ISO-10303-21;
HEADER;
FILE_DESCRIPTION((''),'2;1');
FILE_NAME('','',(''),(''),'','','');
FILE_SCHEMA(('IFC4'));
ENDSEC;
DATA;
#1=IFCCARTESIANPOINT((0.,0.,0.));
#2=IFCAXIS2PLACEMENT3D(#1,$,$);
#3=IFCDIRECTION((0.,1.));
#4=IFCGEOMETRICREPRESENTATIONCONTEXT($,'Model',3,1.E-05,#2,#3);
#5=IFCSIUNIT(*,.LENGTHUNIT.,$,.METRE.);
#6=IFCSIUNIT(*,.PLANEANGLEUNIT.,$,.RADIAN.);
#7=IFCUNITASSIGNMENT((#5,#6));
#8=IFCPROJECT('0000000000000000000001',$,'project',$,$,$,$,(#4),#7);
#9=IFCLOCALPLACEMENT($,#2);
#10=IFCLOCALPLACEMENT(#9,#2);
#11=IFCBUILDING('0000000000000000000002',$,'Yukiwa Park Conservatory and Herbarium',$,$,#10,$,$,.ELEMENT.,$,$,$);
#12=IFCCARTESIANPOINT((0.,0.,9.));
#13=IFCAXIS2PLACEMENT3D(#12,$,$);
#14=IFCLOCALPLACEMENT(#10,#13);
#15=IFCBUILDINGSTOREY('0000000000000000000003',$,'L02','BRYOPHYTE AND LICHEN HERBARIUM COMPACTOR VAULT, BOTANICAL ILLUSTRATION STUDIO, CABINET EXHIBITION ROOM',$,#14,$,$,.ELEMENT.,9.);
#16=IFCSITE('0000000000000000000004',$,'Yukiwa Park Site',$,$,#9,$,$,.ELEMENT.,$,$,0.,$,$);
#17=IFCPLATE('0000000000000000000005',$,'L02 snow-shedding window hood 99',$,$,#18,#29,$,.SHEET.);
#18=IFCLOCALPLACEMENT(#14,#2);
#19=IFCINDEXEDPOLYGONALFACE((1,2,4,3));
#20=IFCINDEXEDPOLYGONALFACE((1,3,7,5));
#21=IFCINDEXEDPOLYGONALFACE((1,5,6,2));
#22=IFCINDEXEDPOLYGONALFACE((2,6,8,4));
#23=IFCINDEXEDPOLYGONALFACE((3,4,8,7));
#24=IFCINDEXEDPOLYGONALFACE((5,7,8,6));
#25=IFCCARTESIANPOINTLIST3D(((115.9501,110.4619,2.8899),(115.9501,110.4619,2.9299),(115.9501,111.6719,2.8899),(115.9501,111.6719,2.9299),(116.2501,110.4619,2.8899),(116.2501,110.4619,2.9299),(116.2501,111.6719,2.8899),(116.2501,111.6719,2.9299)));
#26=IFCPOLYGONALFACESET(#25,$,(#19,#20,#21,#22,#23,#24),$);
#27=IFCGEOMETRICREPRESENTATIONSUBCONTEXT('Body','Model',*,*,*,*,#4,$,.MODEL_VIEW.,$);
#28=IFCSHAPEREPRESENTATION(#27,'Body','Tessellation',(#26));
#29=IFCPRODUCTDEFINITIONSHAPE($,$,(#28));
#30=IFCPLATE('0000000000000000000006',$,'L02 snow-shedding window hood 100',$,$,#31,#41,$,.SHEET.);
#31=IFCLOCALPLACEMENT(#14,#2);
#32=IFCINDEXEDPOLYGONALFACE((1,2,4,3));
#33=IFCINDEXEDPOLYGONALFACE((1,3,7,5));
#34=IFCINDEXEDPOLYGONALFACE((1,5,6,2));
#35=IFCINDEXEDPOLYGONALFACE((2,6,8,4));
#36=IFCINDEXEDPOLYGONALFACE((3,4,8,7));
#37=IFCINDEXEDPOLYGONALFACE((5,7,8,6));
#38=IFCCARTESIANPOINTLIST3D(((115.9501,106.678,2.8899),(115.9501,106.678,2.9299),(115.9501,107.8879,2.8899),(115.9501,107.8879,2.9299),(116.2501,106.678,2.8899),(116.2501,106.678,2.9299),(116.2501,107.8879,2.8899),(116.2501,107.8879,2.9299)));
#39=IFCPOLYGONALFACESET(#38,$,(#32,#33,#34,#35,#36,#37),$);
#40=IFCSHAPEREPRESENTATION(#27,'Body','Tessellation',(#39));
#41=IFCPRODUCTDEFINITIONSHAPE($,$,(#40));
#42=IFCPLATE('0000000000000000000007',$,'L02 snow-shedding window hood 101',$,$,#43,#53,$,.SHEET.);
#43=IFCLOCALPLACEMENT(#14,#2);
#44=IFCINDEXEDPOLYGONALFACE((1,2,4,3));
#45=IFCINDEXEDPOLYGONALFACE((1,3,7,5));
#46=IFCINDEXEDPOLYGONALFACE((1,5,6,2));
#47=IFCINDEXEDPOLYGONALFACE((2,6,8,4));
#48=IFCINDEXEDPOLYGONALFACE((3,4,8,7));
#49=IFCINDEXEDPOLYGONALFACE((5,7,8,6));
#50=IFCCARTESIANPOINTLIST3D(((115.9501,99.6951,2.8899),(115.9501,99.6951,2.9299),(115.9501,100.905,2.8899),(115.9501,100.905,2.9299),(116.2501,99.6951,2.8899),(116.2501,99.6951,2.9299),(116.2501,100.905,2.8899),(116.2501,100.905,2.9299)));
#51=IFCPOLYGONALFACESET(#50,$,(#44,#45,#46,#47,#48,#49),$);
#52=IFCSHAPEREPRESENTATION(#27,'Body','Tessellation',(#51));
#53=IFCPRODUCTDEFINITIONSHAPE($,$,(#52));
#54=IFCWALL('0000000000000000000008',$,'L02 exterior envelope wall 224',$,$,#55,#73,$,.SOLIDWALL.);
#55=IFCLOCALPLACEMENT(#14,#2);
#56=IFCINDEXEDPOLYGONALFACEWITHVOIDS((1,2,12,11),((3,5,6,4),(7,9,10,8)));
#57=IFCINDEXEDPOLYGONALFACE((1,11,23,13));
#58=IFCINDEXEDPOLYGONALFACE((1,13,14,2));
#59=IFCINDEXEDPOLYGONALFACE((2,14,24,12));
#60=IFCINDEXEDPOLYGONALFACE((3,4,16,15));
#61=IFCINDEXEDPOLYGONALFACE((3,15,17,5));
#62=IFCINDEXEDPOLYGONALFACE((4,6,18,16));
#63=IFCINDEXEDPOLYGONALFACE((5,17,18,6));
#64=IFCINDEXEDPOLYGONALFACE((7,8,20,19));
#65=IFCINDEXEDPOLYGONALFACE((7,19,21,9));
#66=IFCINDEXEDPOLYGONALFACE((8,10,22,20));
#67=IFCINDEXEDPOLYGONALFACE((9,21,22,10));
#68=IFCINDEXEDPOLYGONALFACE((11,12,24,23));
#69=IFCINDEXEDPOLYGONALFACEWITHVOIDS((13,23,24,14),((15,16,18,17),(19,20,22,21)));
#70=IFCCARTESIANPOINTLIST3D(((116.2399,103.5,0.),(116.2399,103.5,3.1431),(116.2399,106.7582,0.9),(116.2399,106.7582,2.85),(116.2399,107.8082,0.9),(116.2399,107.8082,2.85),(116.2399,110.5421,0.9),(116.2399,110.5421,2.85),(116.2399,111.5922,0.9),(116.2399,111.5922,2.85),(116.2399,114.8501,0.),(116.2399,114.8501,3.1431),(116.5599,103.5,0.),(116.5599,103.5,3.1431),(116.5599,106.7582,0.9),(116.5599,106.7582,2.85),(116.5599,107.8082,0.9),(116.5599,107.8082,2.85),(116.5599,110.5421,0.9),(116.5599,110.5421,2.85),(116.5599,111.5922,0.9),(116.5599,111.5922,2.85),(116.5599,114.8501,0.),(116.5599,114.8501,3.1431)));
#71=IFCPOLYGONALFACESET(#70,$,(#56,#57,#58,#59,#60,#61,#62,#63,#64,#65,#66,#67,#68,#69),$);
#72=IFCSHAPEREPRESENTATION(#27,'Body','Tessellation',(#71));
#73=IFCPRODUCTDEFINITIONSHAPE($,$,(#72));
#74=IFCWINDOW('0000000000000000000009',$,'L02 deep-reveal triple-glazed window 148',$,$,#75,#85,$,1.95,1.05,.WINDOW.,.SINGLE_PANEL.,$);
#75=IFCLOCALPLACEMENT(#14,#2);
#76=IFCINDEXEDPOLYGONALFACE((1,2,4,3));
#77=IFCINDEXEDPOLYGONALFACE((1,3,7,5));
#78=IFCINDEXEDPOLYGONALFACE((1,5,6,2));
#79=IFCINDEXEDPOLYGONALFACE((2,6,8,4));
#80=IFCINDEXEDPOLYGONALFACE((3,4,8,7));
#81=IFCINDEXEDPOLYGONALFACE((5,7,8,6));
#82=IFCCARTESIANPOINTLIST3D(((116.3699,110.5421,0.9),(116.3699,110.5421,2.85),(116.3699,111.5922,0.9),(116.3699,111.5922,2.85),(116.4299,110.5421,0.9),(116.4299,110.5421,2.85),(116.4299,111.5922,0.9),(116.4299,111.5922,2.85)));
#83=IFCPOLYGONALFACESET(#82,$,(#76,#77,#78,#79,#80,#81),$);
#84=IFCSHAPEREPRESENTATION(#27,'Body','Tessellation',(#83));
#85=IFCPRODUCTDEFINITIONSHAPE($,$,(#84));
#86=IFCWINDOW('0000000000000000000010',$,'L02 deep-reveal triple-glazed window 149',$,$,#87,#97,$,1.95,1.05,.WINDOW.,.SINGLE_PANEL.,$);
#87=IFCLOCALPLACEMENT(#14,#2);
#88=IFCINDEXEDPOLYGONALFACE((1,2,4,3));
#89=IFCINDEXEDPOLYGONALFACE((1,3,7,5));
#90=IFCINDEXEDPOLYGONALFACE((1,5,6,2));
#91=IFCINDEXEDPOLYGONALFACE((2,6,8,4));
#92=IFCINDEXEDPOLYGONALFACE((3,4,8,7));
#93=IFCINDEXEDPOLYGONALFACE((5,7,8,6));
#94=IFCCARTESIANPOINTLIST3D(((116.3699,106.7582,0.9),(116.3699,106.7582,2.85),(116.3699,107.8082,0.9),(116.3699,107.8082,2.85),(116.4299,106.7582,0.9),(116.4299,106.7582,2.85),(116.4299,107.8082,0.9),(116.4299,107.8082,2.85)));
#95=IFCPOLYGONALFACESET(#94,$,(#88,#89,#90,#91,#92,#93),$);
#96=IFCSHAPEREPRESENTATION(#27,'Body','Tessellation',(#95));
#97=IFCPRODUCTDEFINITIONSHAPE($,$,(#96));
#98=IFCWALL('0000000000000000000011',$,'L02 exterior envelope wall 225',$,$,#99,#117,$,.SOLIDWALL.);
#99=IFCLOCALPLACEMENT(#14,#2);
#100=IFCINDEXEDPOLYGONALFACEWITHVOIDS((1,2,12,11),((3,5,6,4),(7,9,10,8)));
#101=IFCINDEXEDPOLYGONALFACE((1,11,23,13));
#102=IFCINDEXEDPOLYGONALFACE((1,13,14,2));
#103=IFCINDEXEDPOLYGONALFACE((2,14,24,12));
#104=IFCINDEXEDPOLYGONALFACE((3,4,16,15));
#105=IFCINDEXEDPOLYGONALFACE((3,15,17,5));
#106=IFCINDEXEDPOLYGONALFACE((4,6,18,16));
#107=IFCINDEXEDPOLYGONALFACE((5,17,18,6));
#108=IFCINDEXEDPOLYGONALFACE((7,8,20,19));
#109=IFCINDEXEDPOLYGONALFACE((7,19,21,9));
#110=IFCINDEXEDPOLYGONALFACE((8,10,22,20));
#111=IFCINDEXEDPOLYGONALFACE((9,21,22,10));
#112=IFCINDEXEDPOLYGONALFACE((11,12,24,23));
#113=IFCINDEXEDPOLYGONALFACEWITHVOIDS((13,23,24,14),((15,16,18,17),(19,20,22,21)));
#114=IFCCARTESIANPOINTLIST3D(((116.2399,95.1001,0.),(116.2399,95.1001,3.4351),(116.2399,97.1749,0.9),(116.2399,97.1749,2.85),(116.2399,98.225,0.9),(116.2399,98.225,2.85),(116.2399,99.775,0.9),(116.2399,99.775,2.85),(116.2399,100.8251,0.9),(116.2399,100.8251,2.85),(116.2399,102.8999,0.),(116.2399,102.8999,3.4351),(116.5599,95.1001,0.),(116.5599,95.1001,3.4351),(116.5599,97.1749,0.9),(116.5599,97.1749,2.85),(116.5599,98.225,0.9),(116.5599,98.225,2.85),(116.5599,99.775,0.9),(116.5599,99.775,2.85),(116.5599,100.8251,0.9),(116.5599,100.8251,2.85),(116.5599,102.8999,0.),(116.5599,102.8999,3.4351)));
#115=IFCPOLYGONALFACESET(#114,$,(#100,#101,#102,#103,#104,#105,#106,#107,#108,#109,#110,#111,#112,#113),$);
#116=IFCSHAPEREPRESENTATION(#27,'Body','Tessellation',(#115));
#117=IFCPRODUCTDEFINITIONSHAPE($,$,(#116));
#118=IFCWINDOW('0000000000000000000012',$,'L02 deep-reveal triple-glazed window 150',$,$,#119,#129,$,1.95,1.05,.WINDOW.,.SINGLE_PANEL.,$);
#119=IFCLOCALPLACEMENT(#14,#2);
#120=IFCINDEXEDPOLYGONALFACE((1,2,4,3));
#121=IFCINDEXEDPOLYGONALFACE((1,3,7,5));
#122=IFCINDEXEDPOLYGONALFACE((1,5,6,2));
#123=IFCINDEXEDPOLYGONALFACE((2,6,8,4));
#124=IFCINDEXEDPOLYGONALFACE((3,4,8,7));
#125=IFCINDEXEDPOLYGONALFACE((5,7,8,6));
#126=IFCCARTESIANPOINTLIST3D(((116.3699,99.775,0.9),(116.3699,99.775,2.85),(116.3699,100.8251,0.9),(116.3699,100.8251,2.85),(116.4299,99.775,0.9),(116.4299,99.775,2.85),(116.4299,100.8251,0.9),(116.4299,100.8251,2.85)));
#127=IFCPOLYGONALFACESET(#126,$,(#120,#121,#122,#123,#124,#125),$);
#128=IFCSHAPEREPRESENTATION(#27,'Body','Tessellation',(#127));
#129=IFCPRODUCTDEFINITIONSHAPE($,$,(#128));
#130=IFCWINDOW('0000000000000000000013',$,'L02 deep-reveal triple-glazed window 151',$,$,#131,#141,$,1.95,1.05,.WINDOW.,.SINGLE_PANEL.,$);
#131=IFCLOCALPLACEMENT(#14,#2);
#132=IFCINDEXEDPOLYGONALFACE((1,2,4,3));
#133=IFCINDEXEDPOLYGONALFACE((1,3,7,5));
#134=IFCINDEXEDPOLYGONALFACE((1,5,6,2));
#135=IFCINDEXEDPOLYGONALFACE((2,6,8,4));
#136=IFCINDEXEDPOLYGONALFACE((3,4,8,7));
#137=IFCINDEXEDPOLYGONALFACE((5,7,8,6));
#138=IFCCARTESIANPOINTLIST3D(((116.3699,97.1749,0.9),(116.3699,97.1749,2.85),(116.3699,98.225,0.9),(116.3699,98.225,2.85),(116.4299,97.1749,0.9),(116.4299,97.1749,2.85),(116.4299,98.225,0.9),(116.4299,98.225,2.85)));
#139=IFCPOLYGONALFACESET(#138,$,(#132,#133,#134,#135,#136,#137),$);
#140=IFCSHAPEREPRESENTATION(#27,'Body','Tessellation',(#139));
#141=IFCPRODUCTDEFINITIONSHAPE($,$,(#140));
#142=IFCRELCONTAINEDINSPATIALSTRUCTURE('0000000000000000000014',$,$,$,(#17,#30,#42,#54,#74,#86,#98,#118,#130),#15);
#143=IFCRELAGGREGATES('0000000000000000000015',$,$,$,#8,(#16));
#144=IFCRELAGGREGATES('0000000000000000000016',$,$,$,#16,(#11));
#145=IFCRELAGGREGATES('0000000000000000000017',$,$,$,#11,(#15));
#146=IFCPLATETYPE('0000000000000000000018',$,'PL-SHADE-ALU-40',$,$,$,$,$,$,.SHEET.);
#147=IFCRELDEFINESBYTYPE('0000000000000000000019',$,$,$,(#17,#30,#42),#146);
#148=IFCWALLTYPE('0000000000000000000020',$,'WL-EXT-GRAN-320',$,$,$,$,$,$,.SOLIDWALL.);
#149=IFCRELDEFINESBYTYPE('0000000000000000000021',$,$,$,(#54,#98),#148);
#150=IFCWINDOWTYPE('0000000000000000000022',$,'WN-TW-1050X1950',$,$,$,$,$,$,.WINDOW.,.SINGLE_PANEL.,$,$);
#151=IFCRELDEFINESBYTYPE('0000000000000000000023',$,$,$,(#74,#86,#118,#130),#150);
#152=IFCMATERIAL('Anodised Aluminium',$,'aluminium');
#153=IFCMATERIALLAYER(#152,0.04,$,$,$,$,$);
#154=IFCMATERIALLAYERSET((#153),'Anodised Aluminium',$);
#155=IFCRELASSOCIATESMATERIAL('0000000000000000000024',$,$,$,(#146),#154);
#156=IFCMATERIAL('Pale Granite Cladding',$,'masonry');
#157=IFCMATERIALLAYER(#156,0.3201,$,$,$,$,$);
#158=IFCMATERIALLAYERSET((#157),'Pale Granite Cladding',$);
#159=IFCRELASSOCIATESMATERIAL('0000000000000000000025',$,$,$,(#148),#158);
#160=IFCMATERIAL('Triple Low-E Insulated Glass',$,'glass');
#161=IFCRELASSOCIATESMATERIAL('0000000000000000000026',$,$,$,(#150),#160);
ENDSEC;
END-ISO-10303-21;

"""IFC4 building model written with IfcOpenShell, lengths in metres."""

from ifc_helpers import new_model, si_unit, direction, frame, frame_2d, origin, origin_2d, place, context, subcontext, project, spatial, rectangle, extrude, material, layer, layer_set, type_object, element, fill, save


model = new_model("IFC4")

# Units and contexts
model_context = context("Model", 3, precision=1e-05, world=origin(), true_north=direction((0.0, 1.0)))
body_context = subcontext(model_context, "Body", "Model", "MODEL_VIEW")
ifc_project = project(units=[si_unit("LENGTHUNIT", "METRE"), si_unit("PLANEANGLEUNIT", "RADIAN")], contexts=[model_context])

# Site, building, storey
site_placement = place(None, origin())
site = spatial("IfcSite", under=ifc_project, at=site_placement, Name="Yukiwa Park Site", CompositionType="ELEMENT", RefElevation=0.0)
building_placement = place(site_placement, origin())
building = spatial("IfcBuilding", under=site, at=building_placement, Name="Yukiwa Park Conservatory and Herbarium", CompositionType="ELEMENT")
storey_placement = place(building_placement, frame((0.0, 0.0, 9.0)))
storey = spatial("IfcBuildingStorey", under=building, at=storey_placement, Name="L02", Description="BRYOPHYTE AND LICHEN HERBARIUM COMPACTOR VAULT, BOTANICAL ILLUSTRATION STUDIO, CABINET EXHIBITION ROOM", CompositionType="ELEMENT", Elevation=9.0)

# Plates
ifc_material_1 = material(Name="Anodised Aluminium", Category="aluminium")
ifc_layer_1 = layer(ifc_material_1, 0.04)
ifc_layer_set_1 = layer_set([ifc_layer_1], Name="Anodised Aluminium")
plate_type = type_object("IfcPlateType", Name="PL-SHADE-ALU-40", PredefinedType="SHEET", material=ifc_layer_set_1)
for number, where, z_axis, x_axis, name in (
    (1, (116.1001, 111.0669, 2.8899), (0.0, 0.0, 1.0), (0.0, -1.0, 0.0), "L02 snow-shedding window hood 99"),
    (2, (116.1001, 107.283, 2.8899), (0.0, 0.0, 1.0), (0.0, -1.0, 0.0), "L02 snow-shedding window hood 100"),
    (3, (116.1001, 100.3, 2.8899), (0.0, 0.0, 1.0), (0.0, -1.0, 0.0), "L02 snow-shedding window hood 101"),
):
    element("IfcPlate", number, at=place(storey_placement, frame(where, z_axis=z_axis, x_axis=x_axis)), inside=storey, type_object=plate_type, Name=name, PredefinedType="SHEET", context=body_context, shape_type="SweptSolid", body=[
        extrude(rectangle(XDim=1.21, YDim=0.3, at=origin_2d()), origin(), (0.0, 0.0, 1.0), 0.04),
    ])

# Walls, openings, windows
ifc_material_2 = material(Name="Pale Granite Cladding", Category="masonry")
ifc_layer_2 = layer(ifc_material_2, 0.3201)
ifc_layer_set_2 = layer_set([ifc_layer_2], Name="Pale Granite Cladding")
wall_type = type_object("IfcWallType", Name="WL-EXT-GRAN-320", PredefinedType="SOLIDWALL", material=ifc_layer_set_2)
wall_1_placement = place(storey_placement, frame((116.3999, 114.8501, 0.0), z_axis=(0.0, 0.0, 1.0), x_axis=(0.0, -1.0, 0.0)))
wall_1 = element("IfcWall", 4, at=wall_1_placement, inside=storey, type_object=wall_type, Name="L02 exterior envelope wall 224", PredefinedType="SOLIDWALL", context=body_context, shape_type="SweptSolid", body=[
    extrude(rectangle(XDim=11.3501, YDim=0.3201, at=frame_2d((5.675, 0.0))), origin(), (0.0, 0.0, 1.0), 3.1431),
])
opening_1_placement = place(wall_1_placement, frame((3.2581, 0.0, 0.8999)))
opening_1 = element("IfcOpeningElement", 5, at=opening_1_placement, cuts=wall_1, PredefinedType="OPENING", context=body_context, shape_type="SweptSolid", body=[
    extrude(rectangle(XDim=1.05, YDim=1.95, at=frame_2d((0.5249, 0.9751))), frame((0.0, 0.1699, 0.0), z_axis=(0.0, -1.0, 0.0), x_axis=(1.0, 0.0, 0.0)), (0.0, 0.0, 1.0), 0.3401),
])
opening_2_placement = place(wall_1_placement, frame((7.042, 0.0, 0.8999)))
opening_2 = element("IfcOpeningElement", 6, at=opening_2_placement, cuts=wall_1, PredefinedType="OPENING", context=body_context, shape_type="SweptSolid", body=[
    extrude(rectangle(XDim=1.05, YDim=1.95, at=frame_2d((0.5249, 0.9751))), frame((0.0, 0.1699, 0.0), z_axis=(0.0, -1.0, 0.0), x_axis=(1.0, 0.0, 0.0)), (0.0, 0.0, 1.0), 0.3401),
])
ifc_material_3 = material(Name="Triple Low-E Insulated Glass", Category="glass")
window_type = type_object("IfcWindowType", Name="WN-TW-1050X1950", PartitioningType="SINGLE_PANEL", PredefinedType="WINDOW", material=ifc_material_3)
window_1_placement = place(opening_1_placement, origin())
window_1 = element("IfcWindow", 7, at=window_1_placement, inside=storey, type_object=window_type, Name="L02 deep-reveal triple-glazed window 148", OverallHeight=1.95, OverallWidth=1.05, PartitioningType="SINGLE_PANEL", PredefinedType="WINDOW", context=body_context, shape_type="SweptSolid", body=[
    extrude(rectangle(XDim=1.05, YDim=1.95, at=frame_2d((0.5249, 0.9751))), frame((0.0, 0.03, 0.0), z_axis=(0.0, -1.0, 0.0), x_axis=(1.0, 0.0, 0.0)), (0.0, 0.0, 1.0), 0.0601),
])
fill(opening_1, window_1)
window_2_placement = place(opening_2_placement, origin())
window_2 = element("IfcWindow", 8, at=window_2_placement, inside=storey, type_object=window_type, Name="L02 deep-reveal triple-glazed window 149", OverallHeight=1.95, OverallWidth=1.05, PartitioningType="SINGLE_PANEL", PredefinedType="WINDOW", context=body_context, shape_type="SweptSolid", body=[
    extrude(rectangle(XDim=1.05, YDim=1.95, at=frame_2d((0.5249, 0.9751))), frame((0.0, 0.03, 0.0), z_axis=(0.0, -1.0, 0.0), x_axis=(1.0, 0.0, 0.0)), (0.0, 0.0, 1.0), 0.0601),
])
fill(opening_2, window_2)
wall_2_placement = place(storey_placement, frame((116.3999, 102.8999, 0.0), z_axis=(0.0, 0.0, 1.0), x_axis=(0.0, -1.0, 0.0)))
wall_2 = element("IfcWall", 9, at=wall_2_placement, inside=storey, type_object=wall_type, Name="L02 exterior envelope wall 225", PredefinedType="SOLIDWALL", context=body_context, shape_type="SweptSolid", body=[
    extrude(rectangle(XDim=7.7998, YDim=0.3201, at=frame_2d((3.8999, 0.0))), origin(), (0.0, 0.0, 1.0), 3.4351),
])
opening_3_placement = place(wall_2_placement, frame((2.075, 0.0, 0.8999)))
opening_3 = element("IfcOpeningElement", 10, at=opening_3_placement, cuts=wall_2, PredefinedType="OPENING", context=body_context, shape_type="SweptSolid", body=[
    extrude(rectangle(XDim=1.05, YDim=1.95, at=frame_2d((0.5249, 0.9751))), frame((0.0, 0.1699, 0.0), z_axis=(0.0, -1.0, 0.0), x_axis=(1.0, 0.0, 0.0)), (0.0, 0.0, 1.0), 0.3401),
])
opening_4_placement = place(wall_2_placement, frame((4.675, 0.0, 0.8999)))
opening_4 = element("IfcOpeningElement", 11, at=opening_4_placement, cuts=wall_2, PredefinedType="OPENING", context=body_context, shape_type="SweptSolid", body=[
    extrude(rectangle(XDim=1.05, YDim=1.95, at=frame_2d((0.5249, 0.9751))), frame((0.0, 0.1699, 0.0), z_axis=(0.0, -1.0, 0.0), x_axis=(1.0, 0.0, 0.0)), (0.0, 0.0, 1.0), 0.3401),
])
window_3_placement = place(opening_3_placement, origin())
window_3 = element("IfcWindow", 12, at=window_3_placement, inside=storey, type_object=window_type, Name="L02 deep-reveal triple-glazed window 150", OverallHeight=1.95, OverallWidth=1.05, PartitioningType="SINGLE_PANEL", PredefinedType="WINDOW", context=body_context, shape_type="SweptSolid", body=[
    extrude(rectangle(XDim=1.05, YDim=1.95, at=frame_2d((0.5249, 0.9751))), frame((0.0, 0.03, 0.0), z_axis=(0.0, -1.0, 0.0), x_axis=(1.0, 0.0, 0.0)), (0.0, 0.0, 1.0), 0.0601),
])
fill(opening_3, window_3)
window_4_placement = place(opening_4_placement, origin())
window_4 = element("IfcWindow", 13, at=window_4_placement, inside=storey, type_object=window_type, Name="L02 deep-reveal triple-glazed window 151", OverallHeight=1.95, OverallWidth=1.05, PartitioningType="SINGLE_PANEL", PredefinedType="WINDOW", context=body_context, shape_type="SweptSolid", body=[
    extrude(rectangle(XDim=1.05, YDim=1.95, at=frame_2d((0.5249, 0.9751))), frame((0.0, 0.03, 0.0), z_axis=(0.0, -1.0, 0.0), x_axis=(1.0, 0.0, 0.0)), (0.0, 0.0, 1.0), 0.0601),
])
fill(opening_4, window_4)

save(model, "model.ifc")
